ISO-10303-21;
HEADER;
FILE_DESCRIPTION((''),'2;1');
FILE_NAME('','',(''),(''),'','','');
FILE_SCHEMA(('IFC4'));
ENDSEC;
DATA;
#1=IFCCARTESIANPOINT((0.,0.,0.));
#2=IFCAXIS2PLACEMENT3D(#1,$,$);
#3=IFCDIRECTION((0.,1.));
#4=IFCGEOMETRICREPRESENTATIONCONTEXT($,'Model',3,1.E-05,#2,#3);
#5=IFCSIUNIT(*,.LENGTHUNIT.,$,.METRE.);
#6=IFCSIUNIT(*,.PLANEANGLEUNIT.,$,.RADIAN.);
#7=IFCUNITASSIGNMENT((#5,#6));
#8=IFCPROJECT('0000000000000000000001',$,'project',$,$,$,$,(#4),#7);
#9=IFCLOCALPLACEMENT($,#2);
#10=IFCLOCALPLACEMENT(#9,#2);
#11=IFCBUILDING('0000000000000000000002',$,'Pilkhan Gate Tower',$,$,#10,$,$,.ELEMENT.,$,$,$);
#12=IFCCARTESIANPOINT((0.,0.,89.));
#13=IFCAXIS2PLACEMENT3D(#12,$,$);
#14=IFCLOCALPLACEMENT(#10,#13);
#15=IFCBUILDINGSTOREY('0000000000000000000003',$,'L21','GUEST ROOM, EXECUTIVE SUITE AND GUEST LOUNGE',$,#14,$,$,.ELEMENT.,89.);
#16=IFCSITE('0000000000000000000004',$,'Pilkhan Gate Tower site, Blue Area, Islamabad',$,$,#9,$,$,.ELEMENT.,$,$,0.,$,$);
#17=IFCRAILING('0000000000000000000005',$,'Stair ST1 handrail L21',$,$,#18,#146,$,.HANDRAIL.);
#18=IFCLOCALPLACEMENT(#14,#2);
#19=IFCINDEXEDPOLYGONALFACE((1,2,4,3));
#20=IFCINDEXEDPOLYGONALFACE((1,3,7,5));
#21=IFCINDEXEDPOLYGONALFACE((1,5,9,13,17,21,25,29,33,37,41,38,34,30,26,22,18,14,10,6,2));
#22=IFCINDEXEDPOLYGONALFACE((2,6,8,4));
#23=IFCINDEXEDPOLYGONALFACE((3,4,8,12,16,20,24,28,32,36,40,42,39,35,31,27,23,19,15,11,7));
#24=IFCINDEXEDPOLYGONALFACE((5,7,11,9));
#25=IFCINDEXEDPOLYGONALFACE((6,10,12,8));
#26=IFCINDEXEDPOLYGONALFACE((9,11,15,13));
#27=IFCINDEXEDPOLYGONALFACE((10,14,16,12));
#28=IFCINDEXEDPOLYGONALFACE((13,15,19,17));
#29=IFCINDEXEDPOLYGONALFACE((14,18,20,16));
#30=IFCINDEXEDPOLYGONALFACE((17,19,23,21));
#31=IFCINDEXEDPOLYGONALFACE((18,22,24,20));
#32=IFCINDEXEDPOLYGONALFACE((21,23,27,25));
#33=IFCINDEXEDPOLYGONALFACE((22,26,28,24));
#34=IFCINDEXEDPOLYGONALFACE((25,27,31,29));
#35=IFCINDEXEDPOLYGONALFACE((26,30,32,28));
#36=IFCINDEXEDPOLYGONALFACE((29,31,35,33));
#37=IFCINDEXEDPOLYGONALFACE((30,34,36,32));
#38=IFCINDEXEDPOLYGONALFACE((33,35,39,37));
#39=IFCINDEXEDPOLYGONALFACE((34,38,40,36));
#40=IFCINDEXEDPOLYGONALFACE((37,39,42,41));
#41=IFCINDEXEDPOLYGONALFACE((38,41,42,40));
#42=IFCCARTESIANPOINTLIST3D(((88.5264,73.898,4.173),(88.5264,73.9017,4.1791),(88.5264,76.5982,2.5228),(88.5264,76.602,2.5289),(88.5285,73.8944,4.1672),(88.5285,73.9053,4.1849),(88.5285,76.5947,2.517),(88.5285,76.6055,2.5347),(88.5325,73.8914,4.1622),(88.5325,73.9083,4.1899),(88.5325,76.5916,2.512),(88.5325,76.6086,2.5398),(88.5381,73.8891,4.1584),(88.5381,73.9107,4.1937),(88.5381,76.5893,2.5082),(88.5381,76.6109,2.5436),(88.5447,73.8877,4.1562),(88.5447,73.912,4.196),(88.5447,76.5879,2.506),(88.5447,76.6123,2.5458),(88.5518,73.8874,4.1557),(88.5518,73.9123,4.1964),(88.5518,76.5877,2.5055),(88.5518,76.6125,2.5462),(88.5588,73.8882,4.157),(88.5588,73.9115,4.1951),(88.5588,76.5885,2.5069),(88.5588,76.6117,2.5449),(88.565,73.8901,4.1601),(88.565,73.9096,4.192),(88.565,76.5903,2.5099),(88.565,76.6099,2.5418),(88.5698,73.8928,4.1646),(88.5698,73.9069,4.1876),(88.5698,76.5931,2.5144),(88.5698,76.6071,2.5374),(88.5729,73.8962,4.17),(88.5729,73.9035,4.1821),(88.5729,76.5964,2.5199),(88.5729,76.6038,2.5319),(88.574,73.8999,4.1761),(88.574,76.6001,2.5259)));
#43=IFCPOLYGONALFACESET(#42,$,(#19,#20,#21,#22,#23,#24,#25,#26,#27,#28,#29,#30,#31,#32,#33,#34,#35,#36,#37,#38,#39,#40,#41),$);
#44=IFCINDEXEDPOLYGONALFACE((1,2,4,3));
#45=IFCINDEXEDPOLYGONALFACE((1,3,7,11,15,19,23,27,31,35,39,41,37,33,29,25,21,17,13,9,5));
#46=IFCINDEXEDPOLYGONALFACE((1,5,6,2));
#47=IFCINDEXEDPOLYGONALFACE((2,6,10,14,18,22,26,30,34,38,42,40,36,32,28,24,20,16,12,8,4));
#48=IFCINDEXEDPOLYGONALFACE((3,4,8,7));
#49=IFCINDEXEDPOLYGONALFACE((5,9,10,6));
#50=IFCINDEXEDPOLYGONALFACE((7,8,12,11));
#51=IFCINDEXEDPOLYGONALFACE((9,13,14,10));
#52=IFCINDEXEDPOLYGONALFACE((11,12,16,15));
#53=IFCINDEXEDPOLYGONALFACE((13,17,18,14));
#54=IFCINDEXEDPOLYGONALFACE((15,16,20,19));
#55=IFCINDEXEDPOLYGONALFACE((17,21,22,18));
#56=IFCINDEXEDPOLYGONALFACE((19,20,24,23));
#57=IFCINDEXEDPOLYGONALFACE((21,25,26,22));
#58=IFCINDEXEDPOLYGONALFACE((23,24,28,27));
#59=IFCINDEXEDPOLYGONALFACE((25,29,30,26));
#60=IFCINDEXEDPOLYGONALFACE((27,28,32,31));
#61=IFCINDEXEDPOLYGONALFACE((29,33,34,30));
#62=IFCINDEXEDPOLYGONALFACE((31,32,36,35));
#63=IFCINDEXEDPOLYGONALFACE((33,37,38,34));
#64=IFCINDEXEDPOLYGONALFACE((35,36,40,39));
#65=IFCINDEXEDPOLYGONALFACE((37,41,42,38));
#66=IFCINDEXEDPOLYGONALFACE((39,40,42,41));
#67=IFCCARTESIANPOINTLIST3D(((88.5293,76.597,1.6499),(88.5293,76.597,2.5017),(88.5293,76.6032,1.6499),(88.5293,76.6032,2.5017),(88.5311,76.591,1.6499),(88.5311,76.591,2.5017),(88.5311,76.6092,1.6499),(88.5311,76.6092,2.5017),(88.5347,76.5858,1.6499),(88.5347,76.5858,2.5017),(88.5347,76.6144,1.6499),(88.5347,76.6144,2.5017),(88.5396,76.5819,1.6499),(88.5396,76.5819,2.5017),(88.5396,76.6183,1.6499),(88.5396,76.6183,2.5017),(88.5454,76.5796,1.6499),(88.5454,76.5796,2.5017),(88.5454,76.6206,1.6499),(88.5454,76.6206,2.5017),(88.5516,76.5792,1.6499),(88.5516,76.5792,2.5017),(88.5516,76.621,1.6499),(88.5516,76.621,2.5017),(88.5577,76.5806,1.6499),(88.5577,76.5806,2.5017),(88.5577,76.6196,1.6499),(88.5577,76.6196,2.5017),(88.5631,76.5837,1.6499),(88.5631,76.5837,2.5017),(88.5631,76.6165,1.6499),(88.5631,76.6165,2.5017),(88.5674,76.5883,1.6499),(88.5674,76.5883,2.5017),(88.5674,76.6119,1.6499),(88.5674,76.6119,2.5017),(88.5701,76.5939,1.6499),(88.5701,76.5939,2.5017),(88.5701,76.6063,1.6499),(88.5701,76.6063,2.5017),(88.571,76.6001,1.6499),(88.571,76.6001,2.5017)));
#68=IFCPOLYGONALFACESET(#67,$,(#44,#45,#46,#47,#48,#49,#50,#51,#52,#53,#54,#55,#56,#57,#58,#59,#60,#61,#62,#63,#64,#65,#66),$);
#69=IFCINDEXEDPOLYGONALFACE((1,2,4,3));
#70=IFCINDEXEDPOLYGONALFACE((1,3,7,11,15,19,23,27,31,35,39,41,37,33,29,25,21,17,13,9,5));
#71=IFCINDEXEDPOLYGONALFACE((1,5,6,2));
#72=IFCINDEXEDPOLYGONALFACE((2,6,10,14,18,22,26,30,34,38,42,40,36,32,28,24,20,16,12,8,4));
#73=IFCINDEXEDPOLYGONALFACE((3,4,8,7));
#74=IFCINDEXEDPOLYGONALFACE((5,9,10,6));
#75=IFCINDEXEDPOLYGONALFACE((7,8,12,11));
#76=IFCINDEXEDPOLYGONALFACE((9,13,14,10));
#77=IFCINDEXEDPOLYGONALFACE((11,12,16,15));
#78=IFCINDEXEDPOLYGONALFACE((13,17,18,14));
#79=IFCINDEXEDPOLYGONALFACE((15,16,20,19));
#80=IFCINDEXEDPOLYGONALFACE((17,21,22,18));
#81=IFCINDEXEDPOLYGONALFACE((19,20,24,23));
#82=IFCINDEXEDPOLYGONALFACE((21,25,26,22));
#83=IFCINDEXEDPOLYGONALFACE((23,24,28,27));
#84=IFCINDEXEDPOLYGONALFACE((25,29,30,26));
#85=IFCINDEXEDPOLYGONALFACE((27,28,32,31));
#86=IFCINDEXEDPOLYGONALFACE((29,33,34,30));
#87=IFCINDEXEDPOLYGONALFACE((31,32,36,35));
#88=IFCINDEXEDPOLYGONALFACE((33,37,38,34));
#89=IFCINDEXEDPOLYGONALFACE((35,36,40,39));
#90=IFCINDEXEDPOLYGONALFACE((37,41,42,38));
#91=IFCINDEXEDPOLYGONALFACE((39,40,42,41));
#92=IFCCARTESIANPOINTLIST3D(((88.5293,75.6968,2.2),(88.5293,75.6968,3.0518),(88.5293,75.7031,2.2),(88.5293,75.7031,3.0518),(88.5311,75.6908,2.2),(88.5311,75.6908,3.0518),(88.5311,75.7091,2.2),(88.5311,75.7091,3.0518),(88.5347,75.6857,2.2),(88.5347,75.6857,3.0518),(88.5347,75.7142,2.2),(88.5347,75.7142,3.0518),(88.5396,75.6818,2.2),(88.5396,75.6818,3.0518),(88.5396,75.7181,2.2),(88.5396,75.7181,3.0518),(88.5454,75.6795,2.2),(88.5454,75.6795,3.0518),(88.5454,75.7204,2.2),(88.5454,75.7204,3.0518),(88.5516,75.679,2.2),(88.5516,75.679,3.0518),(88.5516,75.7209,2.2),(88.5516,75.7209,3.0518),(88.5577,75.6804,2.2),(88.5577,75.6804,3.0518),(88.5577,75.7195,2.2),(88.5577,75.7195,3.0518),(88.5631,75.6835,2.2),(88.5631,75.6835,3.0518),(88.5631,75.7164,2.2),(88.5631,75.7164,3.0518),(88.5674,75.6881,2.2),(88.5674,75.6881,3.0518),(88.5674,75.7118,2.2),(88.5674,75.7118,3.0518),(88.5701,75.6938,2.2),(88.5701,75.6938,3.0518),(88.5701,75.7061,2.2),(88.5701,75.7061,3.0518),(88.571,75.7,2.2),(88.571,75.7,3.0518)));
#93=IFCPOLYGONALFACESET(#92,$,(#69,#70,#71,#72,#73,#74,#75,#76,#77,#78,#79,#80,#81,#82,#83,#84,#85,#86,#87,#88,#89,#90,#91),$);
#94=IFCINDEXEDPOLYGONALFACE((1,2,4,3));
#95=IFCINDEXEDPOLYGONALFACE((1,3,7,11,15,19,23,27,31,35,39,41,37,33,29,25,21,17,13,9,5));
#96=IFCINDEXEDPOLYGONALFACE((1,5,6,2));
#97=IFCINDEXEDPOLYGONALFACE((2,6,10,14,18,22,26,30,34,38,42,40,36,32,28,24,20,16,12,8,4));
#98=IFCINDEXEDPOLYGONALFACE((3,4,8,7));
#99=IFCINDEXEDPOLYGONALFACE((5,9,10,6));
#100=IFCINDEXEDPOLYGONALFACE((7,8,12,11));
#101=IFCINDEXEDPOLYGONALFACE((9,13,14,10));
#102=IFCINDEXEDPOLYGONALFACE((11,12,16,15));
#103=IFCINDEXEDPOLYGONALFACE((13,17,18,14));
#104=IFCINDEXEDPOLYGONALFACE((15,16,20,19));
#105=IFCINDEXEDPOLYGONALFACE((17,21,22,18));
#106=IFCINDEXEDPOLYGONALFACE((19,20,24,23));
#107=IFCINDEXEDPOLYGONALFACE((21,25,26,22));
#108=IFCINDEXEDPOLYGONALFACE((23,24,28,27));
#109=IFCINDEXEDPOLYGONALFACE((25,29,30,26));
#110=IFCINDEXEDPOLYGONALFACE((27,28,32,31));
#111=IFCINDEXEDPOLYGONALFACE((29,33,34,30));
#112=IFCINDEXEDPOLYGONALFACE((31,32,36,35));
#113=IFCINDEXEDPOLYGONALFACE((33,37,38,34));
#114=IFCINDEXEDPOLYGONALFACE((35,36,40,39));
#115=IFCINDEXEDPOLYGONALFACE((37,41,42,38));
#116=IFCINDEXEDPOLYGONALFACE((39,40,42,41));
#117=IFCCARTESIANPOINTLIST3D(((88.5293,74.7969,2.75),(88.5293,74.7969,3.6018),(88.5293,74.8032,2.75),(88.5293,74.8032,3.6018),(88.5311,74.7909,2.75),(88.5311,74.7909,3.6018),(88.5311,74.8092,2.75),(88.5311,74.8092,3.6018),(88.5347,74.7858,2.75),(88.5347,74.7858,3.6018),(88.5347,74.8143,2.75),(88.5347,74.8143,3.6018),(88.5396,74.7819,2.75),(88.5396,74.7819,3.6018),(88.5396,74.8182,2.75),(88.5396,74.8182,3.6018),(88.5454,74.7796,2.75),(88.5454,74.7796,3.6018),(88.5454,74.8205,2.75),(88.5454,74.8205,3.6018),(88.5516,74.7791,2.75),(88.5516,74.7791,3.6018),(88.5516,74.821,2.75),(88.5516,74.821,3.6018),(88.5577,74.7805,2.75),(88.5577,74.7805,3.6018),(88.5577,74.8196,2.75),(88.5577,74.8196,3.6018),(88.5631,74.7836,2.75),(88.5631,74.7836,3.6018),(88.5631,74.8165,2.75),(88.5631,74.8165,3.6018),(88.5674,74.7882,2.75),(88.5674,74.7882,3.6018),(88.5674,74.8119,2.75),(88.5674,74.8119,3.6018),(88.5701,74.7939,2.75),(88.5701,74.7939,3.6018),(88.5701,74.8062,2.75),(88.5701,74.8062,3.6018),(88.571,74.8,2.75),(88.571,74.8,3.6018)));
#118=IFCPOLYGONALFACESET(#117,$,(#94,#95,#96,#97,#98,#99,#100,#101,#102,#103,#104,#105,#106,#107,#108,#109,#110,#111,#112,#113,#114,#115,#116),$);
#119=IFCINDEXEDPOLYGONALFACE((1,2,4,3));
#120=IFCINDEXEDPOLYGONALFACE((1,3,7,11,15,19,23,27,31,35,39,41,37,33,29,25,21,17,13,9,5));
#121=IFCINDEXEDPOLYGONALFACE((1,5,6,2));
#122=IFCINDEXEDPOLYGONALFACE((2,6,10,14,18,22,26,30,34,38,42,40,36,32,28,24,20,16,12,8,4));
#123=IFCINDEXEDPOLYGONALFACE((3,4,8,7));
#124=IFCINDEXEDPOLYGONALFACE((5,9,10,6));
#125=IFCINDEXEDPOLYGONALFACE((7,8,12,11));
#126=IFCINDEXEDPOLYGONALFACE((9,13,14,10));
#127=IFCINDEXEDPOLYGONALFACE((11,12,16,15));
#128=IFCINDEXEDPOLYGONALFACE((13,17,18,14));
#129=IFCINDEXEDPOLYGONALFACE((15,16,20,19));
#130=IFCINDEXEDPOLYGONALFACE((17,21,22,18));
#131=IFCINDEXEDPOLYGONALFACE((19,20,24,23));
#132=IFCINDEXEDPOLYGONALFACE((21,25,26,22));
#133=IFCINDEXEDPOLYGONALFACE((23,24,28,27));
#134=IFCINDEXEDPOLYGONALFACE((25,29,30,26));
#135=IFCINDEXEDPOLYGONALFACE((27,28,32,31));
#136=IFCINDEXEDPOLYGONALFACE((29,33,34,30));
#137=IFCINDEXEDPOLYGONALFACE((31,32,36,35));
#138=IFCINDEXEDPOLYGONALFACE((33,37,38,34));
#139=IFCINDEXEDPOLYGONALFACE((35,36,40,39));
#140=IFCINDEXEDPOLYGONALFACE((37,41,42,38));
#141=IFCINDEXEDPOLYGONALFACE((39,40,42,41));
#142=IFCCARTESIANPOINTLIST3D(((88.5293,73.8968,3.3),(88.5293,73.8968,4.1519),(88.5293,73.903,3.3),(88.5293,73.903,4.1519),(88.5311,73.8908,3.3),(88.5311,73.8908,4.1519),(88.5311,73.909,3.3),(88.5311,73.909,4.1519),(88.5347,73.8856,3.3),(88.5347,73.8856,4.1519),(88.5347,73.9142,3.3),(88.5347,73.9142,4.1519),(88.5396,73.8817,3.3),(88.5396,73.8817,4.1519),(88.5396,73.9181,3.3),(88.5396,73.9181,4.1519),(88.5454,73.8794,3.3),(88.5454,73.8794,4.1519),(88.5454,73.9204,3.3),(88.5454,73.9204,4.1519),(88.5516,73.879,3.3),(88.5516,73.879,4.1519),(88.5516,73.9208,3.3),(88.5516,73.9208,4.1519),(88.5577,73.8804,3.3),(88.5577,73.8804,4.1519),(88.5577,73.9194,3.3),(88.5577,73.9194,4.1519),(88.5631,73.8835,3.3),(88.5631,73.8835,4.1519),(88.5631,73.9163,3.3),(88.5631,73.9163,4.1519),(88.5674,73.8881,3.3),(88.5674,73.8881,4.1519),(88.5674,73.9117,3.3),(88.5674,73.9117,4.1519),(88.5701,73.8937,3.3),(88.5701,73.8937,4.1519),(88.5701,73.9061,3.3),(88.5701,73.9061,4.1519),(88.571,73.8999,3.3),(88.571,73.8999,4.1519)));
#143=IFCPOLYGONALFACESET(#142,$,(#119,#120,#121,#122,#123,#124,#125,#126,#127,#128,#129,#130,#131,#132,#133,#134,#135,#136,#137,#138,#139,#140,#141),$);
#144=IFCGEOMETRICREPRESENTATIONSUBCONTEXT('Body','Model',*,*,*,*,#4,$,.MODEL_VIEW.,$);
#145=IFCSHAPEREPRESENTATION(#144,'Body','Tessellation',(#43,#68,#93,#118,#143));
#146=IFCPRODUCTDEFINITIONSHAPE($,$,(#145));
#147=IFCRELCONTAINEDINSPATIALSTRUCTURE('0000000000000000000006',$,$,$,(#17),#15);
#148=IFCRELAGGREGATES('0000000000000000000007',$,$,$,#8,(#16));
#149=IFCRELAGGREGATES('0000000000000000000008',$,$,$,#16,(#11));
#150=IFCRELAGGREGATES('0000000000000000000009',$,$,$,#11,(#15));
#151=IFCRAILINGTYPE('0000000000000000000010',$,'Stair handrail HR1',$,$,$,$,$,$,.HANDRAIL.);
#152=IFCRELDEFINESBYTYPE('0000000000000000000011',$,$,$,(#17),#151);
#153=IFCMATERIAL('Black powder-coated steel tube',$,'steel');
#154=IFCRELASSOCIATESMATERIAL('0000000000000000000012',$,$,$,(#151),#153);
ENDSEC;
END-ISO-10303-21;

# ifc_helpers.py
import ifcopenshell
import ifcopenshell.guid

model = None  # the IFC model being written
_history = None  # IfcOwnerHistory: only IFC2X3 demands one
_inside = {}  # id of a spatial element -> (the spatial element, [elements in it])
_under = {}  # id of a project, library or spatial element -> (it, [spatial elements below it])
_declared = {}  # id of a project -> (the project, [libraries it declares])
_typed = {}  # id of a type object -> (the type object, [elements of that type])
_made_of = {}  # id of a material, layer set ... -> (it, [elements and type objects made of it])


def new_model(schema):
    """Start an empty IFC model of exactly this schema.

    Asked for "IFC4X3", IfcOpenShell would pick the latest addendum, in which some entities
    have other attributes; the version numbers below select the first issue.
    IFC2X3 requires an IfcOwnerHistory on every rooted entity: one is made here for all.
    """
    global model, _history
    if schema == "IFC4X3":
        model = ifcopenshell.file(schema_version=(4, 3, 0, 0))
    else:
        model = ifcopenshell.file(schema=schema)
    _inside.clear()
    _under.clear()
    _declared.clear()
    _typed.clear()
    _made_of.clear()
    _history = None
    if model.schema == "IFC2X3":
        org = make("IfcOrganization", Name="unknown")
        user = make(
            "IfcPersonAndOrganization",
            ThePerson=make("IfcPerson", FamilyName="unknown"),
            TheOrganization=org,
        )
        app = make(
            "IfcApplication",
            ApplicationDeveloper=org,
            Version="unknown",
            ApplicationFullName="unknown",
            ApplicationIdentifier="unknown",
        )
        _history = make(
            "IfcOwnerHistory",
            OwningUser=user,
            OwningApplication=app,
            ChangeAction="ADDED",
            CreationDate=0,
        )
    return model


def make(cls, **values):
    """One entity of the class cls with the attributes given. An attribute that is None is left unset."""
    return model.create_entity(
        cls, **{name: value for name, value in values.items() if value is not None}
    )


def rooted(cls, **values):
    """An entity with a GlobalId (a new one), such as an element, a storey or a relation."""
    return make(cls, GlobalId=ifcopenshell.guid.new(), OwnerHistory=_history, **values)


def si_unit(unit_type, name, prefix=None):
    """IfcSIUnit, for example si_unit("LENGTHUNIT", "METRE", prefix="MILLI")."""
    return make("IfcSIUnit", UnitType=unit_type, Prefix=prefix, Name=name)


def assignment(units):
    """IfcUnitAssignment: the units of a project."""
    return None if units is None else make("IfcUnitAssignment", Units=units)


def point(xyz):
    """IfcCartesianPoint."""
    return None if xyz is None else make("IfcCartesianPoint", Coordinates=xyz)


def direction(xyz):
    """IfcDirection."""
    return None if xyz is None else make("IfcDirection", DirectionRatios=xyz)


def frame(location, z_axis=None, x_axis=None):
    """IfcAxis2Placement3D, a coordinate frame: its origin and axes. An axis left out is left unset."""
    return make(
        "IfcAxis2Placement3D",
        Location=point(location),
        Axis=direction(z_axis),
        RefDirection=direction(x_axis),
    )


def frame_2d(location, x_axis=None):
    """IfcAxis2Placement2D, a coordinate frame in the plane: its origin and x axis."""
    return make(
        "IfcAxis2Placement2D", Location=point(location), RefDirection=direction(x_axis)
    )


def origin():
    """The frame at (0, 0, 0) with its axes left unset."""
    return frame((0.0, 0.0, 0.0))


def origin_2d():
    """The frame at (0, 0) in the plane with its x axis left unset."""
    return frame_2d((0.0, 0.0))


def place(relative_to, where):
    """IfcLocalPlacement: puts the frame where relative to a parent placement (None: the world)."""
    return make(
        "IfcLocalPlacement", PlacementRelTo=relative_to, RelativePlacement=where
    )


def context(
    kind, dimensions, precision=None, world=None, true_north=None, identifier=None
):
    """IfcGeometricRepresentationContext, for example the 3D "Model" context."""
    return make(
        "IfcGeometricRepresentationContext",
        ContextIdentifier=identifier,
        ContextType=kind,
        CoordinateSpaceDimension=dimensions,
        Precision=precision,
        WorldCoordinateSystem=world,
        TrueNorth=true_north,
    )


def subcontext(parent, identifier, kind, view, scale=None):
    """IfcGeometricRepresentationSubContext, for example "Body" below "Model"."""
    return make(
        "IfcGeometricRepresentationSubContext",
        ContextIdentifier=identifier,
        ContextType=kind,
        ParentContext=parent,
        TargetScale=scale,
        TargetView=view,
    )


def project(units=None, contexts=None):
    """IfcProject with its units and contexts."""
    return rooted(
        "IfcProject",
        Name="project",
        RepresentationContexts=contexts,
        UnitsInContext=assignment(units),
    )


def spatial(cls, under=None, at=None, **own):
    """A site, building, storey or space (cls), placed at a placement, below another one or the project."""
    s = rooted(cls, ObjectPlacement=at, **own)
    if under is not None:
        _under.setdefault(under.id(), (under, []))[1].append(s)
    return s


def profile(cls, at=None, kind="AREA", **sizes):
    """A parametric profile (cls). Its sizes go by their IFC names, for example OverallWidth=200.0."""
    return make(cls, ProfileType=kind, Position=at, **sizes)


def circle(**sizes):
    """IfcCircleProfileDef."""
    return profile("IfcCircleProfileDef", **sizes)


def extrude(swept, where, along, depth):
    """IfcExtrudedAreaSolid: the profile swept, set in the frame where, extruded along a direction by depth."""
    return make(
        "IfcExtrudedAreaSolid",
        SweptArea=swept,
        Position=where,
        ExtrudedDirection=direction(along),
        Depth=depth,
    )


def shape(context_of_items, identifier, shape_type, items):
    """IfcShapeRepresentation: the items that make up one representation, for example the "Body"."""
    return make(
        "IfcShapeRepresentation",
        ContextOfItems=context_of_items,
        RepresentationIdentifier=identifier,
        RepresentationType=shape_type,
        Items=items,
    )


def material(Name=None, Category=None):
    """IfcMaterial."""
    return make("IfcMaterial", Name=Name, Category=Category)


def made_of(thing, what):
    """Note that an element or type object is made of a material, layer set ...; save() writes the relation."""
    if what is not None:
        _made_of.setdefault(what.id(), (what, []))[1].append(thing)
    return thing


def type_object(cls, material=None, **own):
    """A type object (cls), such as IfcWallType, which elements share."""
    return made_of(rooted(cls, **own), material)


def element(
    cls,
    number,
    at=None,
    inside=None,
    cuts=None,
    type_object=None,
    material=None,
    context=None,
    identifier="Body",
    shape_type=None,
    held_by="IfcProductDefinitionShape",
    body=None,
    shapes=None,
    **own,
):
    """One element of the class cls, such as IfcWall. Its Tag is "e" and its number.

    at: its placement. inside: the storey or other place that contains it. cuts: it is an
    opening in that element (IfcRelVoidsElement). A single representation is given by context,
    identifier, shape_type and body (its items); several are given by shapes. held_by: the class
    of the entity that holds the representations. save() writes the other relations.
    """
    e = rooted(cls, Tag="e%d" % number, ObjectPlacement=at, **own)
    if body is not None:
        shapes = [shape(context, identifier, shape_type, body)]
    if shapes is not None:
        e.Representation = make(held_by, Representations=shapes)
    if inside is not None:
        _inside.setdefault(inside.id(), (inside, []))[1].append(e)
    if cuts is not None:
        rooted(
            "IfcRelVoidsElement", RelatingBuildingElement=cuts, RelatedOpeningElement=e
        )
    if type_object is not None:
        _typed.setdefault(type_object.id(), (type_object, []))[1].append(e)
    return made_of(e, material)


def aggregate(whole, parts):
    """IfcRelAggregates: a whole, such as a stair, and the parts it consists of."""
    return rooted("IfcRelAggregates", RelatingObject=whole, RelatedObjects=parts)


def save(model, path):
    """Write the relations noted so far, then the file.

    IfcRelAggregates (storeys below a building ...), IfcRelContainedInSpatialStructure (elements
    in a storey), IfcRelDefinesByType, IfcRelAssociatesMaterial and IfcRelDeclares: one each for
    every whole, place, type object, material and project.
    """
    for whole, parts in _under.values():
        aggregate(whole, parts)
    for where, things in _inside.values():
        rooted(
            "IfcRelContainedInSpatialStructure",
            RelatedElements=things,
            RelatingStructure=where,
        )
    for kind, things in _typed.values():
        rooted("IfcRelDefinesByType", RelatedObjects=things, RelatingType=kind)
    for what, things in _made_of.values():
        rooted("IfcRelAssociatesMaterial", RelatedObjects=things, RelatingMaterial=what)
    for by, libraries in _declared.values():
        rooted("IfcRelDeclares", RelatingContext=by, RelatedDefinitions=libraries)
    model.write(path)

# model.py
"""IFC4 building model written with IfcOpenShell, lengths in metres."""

from ifc_helpers import new_model, si_unit, direction, frame, origin, origin_2d, place, context, subcontext, project, spatial, circle, extrude, material, type_object, element, save


model = new_model("IFC4")

# Units and contexts
model_context = context("Model", 3, precision=1e-05, world=origin(), true_north=direction((0.0, 1.0)))
body_context = subcontext(model_context, "Body", "Model", "MODEL_VIEW")
ifc_project = project(units=[si_unit("LENGTHUNIT", "METRE"), si_unit("PLANEANGLEUNIT", "RADIAN")], contexts=[model_context])

# Site, building, storey
site_placement = place(None, origin())
site = spatial("IfcSite", under=ifc_project, at=site_placement, Name="Pilkhan Gate Tower site, Blue Area, Islamabad", CompositionType="ELEMENT", RefElevation=0.0)
building_placement = place(site_placement, origin())
building = spatial("IfcBuilding", under=site, at=building_placement, Name="Pilkhan Gate Tower", CompositionType="ELEMENT")
storey_placement = place(building_placement, frame((0.0, 0.0, 89.0)))
storey = spatial("IfcBuildingStorey", under=building, at=storey_placement, Name="L21", Description="GUEST ROOM, EXECUTIVE SUITE AND GUEST LOUNGE", CompositionType="ELEMENT", Elevation=89.0)

# Railing
ifc_material_1 = material(Name="Black powder-coated steel tube", Category="steel")
railing_type_1 = type_object("IfcRailingType", Name="Stair handrail HR1", PredefinedType="HANDRAIL", material=ifc_material_1)
railing_1_placement = place(storey_placement, frame((88.55, 76.6001, 1.6499)))
element("IfcRailing", 1, at=railing_1_placement, inside=storey, type_object=railing_type_1, Name="Stair ST1 handrail L21", PredefinedType="HANDRAIL", context=body_context, shape_type="SweptSolid", body=[
    extrude(circle(Radius=0.0239, at=origin_2d()), frame((0.0, 0.0, 0.876), z_axis=(0.0, -0.853278, 0.521456), x_axis=(1.0, 0.0, 0.0)), (0.0, 0.0, 1.0), 3.1646),
    extrude(circle(Radius=0.021, at=origin_2d()), origin(), (0.0, 0.0, 1.0), 0.8518),
    extrude(circle(Radius=0.021, at=origin_2d()), frame((0.0, -0.9001, 0.55)), (0.0, 0.0, 1.0), 0.8518),
    extrude(circle(Radius=0.021, at=origin_2d()), frame((0.0, -1.8, 1.1001)), (0.0, 0.0, 1.0), 0.8518),
    extrude(circle(Radius=0.021, at=origin_2d()), frame((0.0, -2.7002, 1.6501)), (0.0, 0.0, 1.0), 0.8518),
])

save(model, "model.ifc")
